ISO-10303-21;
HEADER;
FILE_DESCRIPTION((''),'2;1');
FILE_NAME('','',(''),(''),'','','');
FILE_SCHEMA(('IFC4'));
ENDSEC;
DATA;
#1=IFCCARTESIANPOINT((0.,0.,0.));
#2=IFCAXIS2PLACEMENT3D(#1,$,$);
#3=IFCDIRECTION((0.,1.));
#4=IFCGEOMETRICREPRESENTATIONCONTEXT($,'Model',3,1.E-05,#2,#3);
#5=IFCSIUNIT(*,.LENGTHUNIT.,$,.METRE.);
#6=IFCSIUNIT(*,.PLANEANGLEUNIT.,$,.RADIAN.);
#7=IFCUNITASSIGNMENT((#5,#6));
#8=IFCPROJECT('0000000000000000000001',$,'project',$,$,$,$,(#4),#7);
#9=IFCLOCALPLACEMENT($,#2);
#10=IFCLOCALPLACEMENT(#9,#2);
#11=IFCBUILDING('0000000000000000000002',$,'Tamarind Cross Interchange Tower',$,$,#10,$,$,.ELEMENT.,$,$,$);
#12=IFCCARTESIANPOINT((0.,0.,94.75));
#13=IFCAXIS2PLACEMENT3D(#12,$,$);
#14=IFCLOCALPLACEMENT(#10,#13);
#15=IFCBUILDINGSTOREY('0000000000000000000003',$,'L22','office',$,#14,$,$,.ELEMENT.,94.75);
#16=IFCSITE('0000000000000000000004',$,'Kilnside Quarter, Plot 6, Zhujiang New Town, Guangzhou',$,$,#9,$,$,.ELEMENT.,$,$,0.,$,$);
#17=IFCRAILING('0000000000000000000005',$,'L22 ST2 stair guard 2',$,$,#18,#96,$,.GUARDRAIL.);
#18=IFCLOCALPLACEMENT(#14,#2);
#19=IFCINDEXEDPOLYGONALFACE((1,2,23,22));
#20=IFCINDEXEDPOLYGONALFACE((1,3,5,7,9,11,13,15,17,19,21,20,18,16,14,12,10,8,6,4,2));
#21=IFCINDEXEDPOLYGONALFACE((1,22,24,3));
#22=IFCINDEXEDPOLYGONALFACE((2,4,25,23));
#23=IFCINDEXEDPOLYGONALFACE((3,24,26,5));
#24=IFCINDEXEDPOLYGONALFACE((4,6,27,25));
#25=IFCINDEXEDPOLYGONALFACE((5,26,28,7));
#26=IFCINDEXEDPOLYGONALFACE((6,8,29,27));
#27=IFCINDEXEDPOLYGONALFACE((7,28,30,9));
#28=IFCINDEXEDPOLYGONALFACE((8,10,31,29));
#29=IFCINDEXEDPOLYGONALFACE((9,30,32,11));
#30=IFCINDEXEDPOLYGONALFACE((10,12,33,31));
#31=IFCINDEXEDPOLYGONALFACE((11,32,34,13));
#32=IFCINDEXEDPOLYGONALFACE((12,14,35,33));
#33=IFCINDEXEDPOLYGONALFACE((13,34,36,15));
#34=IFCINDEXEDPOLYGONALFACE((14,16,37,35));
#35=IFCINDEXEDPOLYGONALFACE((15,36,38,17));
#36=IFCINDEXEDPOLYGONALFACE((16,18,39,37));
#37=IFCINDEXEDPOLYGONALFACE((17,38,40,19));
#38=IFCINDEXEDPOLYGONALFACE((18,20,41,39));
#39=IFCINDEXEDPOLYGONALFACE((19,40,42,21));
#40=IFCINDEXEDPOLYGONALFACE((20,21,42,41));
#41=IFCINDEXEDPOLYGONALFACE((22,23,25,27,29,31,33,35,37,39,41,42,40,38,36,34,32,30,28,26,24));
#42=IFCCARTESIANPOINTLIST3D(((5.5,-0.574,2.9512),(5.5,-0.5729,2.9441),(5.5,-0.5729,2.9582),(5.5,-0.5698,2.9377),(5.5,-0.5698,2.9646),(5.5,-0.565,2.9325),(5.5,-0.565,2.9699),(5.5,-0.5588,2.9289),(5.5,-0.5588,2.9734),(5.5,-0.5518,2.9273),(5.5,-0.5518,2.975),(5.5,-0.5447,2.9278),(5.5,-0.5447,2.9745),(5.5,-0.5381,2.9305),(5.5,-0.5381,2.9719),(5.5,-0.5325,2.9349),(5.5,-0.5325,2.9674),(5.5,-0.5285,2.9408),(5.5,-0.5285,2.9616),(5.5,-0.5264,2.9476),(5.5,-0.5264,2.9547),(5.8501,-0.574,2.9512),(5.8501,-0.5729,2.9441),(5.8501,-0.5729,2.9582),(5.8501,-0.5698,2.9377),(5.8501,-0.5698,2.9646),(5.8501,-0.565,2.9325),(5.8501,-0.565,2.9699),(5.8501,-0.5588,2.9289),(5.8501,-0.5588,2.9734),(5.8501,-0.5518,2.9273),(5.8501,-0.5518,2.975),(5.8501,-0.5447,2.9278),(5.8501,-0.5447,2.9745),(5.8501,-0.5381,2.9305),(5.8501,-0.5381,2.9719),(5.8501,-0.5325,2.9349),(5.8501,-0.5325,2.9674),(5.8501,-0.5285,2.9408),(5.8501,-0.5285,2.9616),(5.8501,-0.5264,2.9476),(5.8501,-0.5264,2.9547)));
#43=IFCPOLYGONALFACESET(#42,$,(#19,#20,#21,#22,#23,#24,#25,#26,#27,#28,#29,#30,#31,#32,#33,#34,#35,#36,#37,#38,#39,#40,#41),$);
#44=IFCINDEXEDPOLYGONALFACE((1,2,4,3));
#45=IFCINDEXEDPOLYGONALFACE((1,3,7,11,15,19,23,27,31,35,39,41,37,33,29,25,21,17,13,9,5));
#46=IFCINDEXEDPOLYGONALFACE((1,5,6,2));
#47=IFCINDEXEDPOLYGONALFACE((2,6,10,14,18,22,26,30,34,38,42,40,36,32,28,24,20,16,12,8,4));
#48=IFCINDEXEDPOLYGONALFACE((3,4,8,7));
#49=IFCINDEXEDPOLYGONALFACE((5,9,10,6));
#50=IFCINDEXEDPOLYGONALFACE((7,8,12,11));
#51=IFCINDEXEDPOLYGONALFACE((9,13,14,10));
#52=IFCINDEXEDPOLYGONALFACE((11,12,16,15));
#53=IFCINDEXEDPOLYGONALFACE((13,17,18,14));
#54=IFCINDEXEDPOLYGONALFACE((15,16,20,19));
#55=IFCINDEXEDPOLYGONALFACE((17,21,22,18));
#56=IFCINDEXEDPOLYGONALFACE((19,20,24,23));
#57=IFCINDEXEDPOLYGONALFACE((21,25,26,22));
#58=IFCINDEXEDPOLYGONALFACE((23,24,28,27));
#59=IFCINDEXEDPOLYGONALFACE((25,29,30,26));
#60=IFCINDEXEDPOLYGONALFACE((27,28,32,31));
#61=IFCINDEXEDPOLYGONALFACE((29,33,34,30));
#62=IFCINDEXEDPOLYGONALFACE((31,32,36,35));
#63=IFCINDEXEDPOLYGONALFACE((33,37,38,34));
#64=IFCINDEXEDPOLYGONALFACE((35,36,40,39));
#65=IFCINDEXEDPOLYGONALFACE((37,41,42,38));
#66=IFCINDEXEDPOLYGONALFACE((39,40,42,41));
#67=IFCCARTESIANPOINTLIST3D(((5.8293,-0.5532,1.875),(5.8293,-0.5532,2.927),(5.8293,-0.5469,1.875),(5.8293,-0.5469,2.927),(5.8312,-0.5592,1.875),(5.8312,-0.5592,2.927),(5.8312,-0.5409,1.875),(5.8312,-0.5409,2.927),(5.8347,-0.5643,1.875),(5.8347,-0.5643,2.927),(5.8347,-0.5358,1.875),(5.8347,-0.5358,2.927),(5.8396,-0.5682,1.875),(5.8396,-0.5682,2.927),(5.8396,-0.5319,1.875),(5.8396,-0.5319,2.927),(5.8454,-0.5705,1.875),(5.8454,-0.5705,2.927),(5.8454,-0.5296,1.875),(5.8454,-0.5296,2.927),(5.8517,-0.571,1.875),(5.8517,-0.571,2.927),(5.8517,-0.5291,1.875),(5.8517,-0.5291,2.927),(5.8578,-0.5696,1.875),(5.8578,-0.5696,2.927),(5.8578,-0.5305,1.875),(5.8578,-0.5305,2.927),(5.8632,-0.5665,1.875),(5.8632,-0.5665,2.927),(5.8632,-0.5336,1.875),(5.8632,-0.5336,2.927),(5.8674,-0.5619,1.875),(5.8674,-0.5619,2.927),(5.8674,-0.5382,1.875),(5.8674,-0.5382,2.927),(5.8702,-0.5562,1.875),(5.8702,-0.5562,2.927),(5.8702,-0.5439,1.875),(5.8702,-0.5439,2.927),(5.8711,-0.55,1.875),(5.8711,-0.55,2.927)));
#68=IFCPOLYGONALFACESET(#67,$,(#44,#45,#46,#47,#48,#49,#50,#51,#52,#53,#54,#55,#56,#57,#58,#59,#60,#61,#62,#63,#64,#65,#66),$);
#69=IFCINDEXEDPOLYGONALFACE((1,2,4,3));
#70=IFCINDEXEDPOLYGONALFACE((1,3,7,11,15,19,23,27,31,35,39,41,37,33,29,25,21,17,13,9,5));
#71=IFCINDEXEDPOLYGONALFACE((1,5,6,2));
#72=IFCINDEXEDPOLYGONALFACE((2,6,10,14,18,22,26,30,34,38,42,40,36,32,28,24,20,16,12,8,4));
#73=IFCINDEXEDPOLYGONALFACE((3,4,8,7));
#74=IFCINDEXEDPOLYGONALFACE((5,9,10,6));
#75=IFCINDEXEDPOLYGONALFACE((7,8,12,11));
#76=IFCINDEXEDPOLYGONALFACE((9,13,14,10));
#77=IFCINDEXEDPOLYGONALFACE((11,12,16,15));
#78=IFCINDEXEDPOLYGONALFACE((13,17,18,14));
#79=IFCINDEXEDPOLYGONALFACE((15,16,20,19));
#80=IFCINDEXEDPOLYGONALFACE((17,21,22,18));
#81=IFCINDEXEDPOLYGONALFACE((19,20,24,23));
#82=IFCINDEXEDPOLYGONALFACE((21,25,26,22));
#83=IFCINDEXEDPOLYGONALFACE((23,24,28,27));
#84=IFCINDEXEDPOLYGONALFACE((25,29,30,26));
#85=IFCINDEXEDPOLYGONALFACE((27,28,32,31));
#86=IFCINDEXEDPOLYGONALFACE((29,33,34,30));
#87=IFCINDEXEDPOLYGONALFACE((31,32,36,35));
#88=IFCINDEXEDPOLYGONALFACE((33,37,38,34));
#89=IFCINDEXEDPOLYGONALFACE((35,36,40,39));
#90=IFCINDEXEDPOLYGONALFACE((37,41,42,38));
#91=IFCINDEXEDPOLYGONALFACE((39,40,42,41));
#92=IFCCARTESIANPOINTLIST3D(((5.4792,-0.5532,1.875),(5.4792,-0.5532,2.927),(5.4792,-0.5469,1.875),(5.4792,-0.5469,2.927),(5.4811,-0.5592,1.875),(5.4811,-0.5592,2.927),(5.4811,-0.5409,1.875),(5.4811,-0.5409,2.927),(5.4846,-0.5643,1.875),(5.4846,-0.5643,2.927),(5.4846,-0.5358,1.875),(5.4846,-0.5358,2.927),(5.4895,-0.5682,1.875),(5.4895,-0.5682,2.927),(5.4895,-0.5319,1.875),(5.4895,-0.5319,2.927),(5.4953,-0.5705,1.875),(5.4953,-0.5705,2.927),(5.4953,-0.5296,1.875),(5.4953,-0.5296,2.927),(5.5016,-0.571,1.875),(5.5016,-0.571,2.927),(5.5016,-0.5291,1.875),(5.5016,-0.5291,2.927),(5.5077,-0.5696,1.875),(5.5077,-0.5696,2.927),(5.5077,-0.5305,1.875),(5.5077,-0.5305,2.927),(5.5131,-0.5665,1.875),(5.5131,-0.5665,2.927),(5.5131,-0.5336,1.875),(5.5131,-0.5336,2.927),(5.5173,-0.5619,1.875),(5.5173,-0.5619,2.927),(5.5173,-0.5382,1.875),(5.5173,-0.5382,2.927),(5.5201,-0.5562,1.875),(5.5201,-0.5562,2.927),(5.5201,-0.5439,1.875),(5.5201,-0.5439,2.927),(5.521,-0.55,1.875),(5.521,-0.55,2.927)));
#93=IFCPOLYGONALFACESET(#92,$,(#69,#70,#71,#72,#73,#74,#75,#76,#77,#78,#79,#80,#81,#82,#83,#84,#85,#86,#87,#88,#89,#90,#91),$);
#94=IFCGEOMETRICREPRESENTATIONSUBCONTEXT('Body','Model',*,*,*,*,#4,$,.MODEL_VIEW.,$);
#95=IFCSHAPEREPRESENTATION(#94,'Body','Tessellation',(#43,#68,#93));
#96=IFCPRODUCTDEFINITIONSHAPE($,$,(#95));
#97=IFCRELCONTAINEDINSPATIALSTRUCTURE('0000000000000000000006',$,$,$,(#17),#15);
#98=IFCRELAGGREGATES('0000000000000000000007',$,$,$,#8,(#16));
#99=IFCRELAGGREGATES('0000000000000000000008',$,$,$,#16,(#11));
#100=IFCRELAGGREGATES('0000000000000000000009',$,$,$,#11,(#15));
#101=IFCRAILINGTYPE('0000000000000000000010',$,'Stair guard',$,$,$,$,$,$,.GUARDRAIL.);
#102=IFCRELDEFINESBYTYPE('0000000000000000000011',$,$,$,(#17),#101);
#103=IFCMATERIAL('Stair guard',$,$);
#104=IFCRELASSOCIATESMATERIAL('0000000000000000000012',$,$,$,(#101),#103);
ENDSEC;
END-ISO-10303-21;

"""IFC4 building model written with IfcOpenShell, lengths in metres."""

from ifc_helpers import new_model, si_unit, direction, frame, origin, origin_2d, place, context, subcontext, project, spatial, circle, extrude, material, type_object, element, save


model = new_model("IFC4")

# Units and contexts
model_context = context("Model", 3, precision=1e-05, world=origin(), true_north=direction((0.0, 1.0)))
body_context = subcontext(model_context, "Body", "Model", "MODEL_VIEW")
ifc_project = project(units=[si_unit("LENGTHUNIT", "METRE"), si_unit("PLANEANGLEUNIT", "RADIAN")], contexts=[model_context])

# Site, building, storey
site_placement = place(None, origin())
site = spatial("IfcSite", under=ifc_project, at=site_placement, Name="Kilnside Quarter, Plot 6, Zhujiang New Town, Guangzhou", CompositionType="ELEMENT", RefElevation=0.0)
building_placement = place(site_placement, origin())
building = spatial("IfcBuilding", under=site, at=building_placement, Name="Tamarind Cross Interchange Tower", CompositionType="ELEMENT")
storey_placement = place(building_placement, frame((0.0, 0.0, 94.75)))
storey = spatial("IfcBuildingStorey", under=building, at=storey_placement, Name="L22", Description="office", CompositionType="ELEMENT", Elevation=94.75)

# Railing
ifc_material_1 = material(Name="Stair guard")
railing_type_1 = type_object("IfcRailingType", Name="Stair guard", PredefinedType="GUARDRAIL", material=ifc_material_1)
railing_1_placement = place(storey_placement, frame((5.8501, -0.55, 1.875)))
element("IfcRailing", 1, at=railing_1_placement, inside=storey, type_object=railing_type_1, Name="L22 ST2 stair guard 2", PredefinedType="GUARDRAIL", context=body_context, shape_type="SweptSolid", body=[
    extrude(circle(Radius=0.0239, at=origin_2d()), frame((0.0, 0.0, 1.0762), z_axis=(-1.0, 0.0, 0.0), x_axis=(0.0, -1.0, 0.0)), (0.0, 0.0, 1.0), 0.3501),
    extrude(circle(Radius=0.021, at=origin_2d()), origin(), (0.0, 0.0, 1.0), 1.052),
    extrude(circle(Radius=0.021, at=origin_2d()), frame((-0.3501, 0.0, 0.0)), (0.0, 0.0, 1.0), 1.052),
])

save(model, "model.ifc")
